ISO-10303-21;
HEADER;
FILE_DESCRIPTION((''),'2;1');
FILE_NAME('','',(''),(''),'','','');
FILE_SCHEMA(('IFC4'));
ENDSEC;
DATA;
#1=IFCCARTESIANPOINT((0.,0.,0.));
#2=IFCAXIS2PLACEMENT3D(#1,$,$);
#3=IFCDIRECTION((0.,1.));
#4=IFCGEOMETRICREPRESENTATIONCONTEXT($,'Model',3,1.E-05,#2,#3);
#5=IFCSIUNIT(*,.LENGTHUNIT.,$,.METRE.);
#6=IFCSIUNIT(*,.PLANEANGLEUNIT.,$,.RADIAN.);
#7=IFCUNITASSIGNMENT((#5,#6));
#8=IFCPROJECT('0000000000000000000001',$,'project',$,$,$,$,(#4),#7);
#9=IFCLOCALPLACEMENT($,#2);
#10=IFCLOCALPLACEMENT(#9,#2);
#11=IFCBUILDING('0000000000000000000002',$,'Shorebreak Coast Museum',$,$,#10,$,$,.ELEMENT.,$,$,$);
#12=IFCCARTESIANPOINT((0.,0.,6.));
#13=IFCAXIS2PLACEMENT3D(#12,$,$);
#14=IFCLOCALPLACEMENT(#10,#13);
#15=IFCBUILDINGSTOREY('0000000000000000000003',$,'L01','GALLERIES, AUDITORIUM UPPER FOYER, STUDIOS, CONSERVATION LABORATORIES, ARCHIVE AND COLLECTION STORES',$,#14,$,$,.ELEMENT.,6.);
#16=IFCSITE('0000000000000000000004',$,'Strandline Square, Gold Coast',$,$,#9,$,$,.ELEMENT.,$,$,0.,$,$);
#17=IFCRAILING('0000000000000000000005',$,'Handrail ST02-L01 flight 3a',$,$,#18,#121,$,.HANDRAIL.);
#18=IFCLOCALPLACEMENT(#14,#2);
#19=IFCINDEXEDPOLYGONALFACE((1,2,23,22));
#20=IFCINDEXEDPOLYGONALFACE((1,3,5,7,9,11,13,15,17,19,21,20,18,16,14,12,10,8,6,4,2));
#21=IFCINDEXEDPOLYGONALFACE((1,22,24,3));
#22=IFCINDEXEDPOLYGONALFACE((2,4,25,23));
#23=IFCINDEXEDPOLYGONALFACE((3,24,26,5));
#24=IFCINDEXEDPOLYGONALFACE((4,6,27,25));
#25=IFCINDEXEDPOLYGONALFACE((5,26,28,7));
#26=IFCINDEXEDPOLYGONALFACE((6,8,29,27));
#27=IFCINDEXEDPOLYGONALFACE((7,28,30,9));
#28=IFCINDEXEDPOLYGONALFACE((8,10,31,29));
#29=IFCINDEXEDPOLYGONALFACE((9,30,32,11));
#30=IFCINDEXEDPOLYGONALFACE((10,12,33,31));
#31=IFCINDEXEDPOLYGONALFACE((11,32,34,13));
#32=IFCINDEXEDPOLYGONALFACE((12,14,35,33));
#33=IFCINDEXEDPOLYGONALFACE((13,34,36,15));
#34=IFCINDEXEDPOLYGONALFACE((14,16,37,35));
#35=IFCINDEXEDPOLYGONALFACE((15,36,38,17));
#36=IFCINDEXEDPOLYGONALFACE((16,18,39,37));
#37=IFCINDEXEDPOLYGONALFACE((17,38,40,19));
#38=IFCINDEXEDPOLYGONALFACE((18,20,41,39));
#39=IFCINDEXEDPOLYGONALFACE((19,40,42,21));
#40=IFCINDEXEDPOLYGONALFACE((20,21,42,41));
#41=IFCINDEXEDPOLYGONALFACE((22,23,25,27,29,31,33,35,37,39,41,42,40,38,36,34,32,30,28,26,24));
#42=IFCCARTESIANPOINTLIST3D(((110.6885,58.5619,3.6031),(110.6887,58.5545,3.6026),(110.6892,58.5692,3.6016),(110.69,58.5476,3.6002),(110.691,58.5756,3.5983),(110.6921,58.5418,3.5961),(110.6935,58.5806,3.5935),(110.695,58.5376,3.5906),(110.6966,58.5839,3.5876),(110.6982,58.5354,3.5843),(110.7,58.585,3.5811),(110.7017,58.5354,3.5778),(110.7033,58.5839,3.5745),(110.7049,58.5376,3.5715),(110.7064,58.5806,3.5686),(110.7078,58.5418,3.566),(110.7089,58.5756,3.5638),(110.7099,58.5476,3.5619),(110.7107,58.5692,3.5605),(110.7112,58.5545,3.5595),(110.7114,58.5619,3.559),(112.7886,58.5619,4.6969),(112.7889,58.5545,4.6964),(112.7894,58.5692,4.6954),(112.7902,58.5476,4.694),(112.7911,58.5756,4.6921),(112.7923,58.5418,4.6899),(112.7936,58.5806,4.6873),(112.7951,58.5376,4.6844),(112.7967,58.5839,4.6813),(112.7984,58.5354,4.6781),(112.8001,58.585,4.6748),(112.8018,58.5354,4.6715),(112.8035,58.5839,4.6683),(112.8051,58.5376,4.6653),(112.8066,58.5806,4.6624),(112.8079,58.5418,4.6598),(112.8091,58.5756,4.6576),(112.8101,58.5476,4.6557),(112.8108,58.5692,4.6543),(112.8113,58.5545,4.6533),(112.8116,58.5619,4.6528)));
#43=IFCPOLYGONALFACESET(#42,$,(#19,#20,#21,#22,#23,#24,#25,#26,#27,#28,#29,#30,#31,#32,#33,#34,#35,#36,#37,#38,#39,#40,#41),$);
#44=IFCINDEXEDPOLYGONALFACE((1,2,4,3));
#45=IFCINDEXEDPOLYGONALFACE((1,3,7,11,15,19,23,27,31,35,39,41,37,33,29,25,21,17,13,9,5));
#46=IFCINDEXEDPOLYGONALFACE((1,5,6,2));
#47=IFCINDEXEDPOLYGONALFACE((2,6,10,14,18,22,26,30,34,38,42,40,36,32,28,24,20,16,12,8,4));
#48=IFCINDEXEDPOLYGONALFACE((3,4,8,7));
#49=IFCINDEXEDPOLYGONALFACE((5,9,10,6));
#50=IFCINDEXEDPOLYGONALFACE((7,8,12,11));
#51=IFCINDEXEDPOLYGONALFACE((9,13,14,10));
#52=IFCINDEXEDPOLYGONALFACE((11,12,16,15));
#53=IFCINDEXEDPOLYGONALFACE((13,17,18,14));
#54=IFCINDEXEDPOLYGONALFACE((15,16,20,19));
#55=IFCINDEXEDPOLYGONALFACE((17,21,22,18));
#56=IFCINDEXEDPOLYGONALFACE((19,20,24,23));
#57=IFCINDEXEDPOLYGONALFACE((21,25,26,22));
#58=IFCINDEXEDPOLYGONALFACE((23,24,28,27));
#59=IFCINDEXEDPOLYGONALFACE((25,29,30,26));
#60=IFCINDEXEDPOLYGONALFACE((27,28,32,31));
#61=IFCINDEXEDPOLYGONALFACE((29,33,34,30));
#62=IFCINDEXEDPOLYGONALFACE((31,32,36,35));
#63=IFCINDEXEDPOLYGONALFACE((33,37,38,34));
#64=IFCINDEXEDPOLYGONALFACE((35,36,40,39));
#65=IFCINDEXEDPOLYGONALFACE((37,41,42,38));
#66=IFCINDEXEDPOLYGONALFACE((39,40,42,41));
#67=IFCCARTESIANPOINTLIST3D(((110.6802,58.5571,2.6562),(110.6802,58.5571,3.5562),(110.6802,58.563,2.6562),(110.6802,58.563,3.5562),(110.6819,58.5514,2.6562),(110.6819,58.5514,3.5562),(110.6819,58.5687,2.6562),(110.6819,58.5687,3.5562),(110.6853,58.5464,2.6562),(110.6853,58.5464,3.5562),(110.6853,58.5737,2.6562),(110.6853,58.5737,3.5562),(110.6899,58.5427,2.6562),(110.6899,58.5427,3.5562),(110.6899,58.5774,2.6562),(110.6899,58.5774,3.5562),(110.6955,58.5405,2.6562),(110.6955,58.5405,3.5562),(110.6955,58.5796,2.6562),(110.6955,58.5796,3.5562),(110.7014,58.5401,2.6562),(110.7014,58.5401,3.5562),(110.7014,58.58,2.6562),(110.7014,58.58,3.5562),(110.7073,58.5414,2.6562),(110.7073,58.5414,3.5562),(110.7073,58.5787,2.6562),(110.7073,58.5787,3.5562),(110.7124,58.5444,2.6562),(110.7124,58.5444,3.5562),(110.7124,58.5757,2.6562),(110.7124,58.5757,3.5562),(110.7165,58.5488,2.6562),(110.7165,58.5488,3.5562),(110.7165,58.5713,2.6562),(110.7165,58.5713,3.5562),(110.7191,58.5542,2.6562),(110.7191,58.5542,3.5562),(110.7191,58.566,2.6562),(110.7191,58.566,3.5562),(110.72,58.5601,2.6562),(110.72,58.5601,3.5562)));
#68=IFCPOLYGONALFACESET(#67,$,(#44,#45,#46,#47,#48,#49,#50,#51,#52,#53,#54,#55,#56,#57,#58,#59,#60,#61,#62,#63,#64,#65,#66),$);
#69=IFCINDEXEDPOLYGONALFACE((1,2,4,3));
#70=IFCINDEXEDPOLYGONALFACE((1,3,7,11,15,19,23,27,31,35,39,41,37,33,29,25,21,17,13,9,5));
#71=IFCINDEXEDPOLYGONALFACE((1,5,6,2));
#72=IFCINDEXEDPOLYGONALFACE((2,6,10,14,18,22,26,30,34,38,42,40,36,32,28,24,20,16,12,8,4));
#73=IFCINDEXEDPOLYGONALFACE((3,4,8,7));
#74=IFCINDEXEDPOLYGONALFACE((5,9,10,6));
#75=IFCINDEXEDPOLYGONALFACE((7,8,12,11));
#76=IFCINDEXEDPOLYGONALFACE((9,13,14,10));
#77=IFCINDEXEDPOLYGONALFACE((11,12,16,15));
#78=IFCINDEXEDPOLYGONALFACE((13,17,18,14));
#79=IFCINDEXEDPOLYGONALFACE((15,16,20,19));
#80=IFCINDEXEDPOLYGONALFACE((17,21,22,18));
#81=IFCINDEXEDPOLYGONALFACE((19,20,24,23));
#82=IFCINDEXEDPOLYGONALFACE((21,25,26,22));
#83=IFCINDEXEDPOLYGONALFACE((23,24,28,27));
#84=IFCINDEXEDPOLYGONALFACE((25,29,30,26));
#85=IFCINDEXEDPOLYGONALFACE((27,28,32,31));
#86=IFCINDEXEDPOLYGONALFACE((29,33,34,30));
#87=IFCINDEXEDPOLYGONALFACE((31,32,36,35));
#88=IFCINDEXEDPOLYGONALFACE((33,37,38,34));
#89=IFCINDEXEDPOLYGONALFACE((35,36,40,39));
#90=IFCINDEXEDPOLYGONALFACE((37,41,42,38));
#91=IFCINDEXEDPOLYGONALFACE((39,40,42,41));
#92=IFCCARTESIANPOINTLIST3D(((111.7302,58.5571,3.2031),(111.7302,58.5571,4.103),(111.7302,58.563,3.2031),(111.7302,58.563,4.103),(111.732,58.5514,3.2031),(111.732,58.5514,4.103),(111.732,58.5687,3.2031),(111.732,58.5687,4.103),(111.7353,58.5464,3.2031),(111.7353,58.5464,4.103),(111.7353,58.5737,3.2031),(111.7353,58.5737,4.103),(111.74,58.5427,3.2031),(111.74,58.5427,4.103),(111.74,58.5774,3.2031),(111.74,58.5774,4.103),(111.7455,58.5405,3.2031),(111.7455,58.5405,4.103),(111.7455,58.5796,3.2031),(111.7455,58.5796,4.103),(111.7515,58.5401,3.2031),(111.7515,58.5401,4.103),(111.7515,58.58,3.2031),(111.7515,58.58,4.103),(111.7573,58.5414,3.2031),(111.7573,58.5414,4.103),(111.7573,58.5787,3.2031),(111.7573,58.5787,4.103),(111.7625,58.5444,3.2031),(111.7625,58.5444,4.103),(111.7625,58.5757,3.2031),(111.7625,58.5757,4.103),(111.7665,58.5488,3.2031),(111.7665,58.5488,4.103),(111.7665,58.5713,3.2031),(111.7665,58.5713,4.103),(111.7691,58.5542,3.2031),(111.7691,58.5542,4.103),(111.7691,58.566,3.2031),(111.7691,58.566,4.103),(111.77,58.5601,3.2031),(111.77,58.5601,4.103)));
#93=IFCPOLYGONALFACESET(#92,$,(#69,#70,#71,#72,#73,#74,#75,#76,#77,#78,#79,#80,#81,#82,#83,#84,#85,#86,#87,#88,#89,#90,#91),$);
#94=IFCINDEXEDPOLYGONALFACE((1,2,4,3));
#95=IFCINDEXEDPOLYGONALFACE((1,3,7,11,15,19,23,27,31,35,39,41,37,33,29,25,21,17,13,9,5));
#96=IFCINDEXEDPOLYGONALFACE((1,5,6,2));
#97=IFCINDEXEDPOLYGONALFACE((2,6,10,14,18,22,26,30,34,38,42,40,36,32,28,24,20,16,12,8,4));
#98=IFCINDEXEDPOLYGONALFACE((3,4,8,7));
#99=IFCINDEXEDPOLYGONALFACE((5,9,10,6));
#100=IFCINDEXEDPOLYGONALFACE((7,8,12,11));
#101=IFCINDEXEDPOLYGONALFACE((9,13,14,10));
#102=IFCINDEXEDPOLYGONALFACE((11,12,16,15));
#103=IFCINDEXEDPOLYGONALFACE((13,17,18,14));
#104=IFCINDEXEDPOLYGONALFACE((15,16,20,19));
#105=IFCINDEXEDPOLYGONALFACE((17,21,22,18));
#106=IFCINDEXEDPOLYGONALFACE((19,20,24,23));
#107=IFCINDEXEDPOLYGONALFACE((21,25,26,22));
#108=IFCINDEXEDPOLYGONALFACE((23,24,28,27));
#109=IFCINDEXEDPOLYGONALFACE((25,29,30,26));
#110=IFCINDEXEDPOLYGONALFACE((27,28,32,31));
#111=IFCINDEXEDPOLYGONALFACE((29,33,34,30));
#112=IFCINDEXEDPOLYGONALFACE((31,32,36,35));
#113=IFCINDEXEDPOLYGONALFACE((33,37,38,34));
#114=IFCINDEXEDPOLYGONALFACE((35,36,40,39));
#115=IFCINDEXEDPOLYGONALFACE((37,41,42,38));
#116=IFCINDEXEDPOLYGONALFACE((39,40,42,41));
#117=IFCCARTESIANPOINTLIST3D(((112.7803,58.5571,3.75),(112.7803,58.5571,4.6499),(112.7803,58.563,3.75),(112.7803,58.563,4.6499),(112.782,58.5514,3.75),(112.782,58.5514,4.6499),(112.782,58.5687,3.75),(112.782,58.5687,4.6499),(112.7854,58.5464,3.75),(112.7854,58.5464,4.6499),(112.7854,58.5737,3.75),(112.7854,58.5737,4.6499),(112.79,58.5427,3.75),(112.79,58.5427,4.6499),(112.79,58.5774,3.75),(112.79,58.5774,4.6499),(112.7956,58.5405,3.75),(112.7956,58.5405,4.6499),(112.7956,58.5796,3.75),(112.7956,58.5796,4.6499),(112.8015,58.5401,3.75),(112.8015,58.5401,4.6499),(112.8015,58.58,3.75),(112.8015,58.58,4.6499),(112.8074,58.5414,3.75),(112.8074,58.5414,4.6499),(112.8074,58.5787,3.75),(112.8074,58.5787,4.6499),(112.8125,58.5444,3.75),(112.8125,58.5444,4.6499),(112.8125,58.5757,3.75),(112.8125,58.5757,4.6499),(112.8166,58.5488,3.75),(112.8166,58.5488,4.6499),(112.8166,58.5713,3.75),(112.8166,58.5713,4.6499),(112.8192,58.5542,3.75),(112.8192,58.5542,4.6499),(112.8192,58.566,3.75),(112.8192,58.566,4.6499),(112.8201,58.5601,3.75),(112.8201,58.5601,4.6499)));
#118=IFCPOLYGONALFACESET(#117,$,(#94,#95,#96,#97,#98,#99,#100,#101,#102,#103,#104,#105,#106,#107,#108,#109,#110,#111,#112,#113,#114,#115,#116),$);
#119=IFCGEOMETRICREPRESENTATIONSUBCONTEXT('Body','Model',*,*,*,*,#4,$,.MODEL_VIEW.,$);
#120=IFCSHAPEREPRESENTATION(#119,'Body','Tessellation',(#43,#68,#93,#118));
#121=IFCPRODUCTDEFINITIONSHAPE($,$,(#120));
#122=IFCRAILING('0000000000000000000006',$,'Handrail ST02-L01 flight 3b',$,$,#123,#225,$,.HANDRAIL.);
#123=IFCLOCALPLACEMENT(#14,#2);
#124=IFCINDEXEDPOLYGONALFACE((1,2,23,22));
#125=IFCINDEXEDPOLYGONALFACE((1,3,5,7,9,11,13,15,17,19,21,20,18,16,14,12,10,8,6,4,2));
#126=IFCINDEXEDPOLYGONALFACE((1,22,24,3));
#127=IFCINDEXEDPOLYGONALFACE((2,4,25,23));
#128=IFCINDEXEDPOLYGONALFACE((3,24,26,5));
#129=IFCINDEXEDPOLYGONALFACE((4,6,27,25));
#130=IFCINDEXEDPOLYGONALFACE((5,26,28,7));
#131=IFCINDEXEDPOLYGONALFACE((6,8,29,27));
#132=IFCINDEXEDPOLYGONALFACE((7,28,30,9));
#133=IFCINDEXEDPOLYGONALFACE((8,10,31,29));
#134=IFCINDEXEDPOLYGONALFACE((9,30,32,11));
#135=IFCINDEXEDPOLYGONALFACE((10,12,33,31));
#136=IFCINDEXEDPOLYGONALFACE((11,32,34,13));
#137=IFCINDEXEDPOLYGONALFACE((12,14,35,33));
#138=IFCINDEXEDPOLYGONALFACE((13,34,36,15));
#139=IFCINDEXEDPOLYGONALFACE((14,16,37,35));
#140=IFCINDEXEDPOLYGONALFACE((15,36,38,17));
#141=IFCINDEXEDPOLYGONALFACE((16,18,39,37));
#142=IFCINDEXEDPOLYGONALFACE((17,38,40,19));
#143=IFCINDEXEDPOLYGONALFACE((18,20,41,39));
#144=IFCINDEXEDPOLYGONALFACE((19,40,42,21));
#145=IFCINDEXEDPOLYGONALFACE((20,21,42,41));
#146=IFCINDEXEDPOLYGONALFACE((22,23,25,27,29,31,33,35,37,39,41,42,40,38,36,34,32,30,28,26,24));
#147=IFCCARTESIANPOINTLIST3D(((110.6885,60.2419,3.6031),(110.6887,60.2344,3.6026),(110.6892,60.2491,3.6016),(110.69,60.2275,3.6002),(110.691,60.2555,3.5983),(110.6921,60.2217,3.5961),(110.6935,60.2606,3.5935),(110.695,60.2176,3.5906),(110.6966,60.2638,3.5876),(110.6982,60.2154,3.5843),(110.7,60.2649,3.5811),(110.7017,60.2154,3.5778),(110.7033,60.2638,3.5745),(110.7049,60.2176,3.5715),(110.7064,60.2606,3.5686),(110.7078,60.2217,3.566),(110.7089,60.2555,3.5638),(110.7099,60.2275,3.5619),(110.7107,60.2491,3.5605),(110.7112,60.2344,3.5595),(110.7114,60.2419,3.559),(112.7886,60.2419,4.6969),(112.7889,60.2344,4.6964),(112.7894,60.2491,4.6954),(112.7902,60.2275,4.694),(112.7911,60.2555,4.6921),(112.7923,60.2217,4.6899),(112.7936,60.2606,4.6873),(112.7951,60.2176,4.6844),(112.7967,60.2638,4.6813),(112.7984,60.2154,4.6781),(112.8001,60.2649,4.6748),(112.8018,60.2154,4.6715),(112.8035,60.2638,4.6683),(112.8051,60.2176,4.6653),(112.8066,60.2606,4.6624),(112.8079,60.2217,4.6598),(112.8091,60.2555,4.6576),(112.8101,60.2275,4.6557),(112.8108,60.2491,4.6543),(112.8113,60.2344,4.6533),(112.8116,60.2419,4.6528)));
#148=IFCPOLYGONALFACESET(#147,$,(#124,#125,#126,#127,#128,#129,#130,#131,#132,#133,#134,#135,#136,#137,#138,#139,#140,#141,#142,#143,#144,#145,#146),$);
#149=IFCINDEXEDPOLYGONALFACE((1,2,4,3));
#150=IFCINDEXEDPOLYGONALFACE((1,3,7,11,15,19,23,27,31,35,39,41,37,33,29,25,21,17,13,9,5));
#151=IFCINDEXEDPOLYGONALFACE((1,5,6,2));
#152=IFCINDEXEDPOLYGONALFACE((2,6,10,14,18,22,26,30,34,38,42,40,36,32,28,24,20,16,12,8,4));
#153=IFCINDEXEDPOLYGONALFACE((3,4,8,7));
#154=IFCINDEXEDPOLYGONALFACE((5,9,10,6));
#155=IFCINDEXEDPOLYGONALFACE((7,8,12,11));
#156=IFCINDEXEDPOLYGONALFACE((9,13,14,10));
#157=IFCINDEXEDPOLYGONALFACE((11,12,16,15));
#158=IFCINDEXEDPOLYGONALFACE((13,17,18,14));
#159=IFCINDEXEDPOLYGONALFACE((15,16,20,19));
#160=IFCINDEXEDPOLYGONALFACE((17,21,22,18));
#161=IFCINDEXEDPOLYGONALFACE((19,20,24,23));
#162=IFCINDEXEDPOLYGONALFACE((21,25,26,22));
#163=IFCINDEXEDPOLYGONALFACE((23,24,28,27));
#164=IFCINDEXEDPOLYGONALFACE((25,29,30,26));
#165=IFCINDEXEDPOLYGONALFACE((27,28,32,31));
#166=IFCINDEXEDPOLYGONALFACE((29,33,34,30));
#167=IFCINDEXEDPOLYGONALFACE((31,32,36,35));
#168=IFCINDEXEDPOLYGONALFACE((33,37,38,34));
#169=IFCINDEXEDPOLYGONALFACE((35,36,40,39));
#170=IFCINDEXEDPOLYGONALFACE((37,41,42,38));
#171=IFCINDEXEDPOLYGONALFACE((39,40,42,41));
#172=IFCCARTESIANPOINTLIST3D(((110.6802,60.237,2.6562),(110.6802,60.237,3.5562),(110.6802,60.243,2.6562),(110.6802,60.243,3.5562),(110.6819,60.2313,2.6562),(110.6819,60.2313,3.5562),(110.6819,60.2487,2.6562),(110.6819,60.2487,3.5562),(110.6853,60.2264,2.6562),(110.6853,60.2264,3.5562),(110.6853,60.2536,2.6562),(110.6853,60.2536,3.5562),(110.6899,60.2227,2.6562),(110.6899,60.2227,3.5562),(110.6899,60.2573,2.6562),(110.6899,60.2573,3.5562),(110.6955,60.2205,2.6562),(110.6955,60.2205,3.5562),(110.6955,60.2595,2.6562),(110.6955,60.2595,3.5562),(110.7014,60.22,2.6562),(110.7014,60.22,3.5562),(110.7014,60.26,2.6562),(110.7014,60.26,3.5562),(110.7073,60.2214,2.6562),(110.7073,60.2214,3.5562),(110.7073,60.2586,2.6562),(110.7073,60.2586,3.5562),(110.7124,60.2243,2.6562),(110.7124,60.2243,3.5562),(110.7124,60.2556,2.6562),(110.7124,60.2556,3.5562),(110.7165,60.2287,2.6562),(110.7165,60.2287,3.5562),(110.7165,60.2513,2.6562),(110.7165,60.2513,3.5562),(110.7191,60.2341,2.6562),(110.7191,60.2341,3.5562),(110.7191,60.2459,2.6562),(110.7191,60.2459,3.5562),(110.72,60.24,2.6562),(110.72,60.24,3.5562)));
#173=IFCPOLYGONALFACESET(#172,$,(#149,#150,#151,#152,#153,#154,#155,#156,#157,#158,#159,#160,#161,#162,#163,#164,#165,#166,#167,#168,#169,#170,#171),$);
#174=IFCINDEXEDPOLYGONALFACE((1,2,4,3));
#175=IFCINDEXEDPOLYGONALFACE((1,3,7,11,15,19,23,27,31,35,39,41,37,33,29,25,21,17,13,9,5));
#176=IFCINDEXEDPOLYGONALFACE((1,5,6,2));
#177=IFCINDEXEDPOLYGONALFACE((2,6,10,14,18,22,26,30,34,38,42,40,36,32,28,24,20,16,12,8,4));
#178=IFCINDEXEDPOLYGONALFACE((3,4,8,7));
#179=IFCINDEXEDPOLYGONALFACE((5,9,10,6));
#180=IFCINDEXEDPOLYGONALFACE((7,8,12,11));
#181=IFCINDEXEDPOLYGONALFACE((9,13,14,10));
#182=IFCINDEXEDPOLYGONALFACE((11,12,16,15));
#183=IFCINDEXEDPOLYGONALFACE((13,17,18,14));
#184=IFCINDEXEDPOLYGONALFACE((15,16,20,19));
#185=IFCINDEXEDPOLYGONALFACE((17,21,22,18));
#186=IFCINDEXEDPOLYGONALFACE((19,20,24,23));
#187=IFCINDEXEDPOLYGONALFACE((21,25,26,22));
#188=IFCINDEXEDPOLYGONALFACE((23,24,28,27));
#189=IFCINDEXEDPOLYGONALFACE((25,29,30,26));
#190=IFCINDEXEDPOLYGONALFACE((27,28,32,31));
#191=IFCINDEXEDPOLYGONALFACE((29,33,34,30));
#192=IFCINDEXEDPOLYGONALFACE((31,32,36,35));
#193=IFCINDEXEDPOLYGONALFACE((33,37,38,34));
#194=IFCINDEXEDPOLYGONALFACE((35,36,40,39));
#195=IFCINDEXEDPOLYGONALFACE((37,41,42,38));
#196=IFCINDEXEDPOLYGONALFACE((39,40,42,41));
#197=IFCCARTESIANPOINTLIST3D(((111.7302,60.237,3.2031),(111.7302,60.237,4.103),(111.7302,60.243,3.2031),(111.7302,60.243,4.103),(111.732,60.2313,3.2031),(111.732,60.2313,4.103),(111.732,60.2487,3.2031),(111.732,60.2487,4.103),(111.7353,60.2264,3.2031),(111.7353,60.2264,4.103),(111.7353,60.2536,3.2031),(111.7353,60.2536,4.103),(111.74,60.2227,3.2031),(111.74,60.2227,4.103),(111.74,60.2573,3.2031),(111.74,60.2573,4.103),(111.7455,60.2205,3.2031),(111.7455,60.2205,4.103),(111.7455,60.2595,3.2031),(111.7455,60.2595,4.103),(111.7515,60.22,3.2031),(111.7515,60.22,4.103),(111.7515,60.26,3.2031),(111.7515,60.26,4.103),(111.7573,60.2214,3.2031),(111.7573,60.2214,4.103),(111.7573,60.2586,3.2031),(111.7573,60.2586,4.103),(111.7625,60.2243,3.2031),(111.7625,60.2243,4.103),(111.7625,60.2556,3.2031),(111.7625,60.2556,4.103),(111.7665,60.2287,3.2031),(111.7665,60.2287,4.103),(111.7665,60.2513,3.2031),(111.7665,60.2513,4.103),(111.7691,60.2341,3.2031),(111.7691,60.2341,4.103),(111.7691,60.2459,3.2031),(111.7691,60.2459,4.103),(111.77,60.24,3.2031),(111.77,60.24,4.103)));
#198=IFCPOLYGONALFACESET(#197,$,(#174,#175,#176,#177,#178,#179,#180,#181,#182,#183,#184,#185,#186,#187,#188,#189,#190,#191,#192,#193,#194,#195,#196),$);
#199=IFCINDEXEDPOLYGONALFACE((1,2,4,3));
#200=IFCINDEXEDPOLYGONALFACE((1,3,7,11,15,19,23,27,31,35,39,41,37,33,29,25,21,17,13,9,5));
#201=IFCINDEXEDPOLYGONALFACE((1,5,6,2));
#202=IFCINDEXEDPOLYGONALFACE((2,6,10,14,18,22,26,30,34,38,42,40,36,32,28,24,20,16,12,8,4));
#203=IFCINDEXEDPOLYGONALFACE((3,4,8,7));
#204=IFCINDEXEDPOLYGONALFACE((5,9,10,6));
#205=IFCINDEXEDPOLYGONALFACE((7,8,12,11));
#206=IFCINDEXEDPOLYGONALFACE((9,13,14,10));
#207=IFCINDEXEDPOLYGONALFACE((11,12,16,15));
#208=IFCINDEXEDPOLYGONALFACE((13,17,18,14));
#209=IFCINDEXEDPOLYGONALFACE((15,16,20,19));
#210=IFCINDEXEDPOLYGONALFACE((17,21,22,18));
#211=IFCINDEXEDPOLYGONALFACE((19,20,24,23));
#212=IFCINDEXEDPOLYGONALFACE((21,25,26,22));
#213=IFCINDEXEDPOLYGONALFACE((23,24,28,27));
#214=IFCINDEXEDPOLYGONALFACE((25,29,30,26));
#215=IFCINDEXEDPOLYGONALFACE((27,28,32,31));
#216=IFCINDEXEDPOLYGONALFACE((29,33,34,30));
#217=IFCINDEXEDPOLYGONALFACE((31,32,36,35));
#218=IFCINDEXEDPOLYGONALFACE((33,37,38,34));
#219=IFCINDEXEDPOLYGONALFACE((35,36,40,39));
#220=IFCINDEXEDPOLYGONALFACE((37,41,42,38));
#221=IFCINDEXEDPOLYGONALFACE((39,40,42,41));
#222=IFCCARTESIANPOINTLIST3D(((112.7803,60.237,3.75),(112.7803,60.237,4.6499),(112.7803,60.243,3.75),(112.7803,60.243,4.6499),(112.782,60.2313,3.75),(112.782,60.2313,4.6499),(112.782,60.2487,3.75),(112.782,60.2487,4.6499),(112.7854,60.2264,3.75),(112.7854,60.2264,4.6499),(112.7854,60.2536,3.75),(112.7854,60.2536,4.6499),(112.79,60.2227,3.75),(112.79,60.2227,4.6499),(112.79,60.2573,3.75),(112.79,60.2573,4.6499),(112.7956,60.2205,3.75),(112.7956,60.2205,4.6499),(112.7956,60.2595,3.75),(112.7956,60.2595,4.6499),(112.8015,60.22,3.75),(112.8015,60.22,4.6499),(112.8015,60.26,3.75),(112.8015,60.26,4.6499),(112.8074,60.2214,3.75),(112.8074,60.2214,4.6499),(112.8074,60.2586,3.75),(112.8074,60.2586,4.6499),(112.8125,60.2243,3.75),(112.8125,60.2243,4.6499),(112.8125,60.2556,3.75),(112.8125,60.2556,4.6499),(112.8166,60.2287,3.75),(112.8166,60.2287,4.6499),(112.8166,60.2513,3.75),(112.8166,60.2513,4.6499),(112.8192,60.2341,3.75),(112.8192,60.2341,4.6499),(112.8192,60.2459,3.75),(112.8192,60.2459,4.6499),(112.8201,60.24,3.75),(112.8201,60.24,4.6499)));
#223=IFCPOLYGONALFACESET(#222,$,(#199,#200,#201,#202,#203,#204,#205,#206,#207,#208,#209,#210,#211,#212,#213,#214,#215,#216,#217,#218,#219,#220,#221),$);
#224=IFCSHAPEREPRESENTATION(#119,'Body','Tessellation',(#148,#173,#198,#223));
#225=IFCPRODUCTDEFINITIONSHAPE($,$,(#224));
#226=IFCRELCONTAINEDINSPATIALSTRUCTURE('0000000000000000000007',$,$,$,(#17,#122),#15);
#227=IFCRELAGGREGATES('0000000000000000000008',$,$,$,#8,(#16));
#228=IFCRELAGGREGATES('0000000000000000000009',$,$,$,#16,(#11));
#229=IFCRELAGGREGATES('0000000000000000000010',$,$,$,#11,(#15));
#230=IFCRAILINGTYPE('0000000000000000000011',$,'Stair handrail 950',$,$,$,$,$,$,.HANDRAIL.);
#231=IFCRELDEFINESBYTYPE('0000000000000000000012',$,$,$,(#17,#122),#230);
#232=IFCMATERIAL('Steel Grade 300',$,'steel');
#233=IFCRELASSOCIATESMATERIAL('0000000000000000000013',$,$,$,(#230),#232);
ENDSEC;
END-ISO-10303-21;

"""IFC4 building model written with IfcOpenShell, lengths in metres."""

from ifc_helpers import new_model, si_unit, direction, frame, origin, origin_2d, place, context, subcontext, project, spatial, circle, extrude, material, type_object, element, save


model = new_model("IFC4")

# Units and contexts
model_context = context("Model", 3, precision=1e-05, world=origin(), true_north=direction((0.0, 1.0)))
body_context = subcontext(model_context, "Body", "Model", "MODEL_VIEW")
ifc_project = project(units=[si_unit("LENGTHUNIT", "METRE"), si_unit("PLANEANGLEUNIT", "RADIAN")], contexts=[model_context])

# Site, building, storey
site_placement = place(None, origin())
site = spatial("IfcSite", under=ifc_project, at=site_placement, Name="Strandline Square, Gold Coast", CompositionType="ELEMENT", RefElevation=0.0)
building_placement = place(site_placement, origin())
building = spatial("IfcBuilding", under=site, at=building_placement, Name="Shorebreak Coast Museum", CompositionType="ELEMENT")
storey_placement = place(building_placement, frame((0.0, 0.0, 6.0)))
storey = spatial("IfcBuildingStorey", under=building, at=storey_placement, Name="L01", Description="GALLERIES, AUDITORIUM UPPER FOYER, STUDIOS, CONSERVATION LABORATORIES, ARCHIVE AND COLLECTION STORES", CompositionType="ELEMENT", Elevation=6.0)

# Railings
ifc_material_1 = material(Name="Steel Grade 300", Category="steel")
railing_type_1 = type_object("IfcRailingType", Name="Stair handrail 950", PredefinedType="HANDRAIL", material=ifc_material_1)
for number, where, name in (
    (1, (110.7, 58.5601, 2.6562), "Handrail ST02-L01 flight 3a"),
    (2, (110.7, 60.24, 2.6562), "Handrail ST02-L01 flight 3b"),
):
    element("IfcRailing", number, at=place(storey_placement, frame(where)), inside=storey, type_object=railing_type_1, Name=name, PredefinedType="HANDRAIL", context=body_context, shape_type="SweptSolid", body=[
        extrude(circle(Radius=0.0249, at=origin_2d()), frame((0.0, 0.0, 0.9248), z_axis=(0.886923, 0.0, 0.461918), x_axis=(0.0, 1.0, 0.0)), (0.0, 0.0, 1.0), 2.3679),
        extrude(circle(Radius=0.02, at=origin_2d()), origin(), (0.0, 0.0, 1.0), 0.8999),
        extrude(circle(Radius=0.02, at=origin_2d()), frame((1.05, 0.0, 0.5469)), (0.0, 0.0, 1.0), 0.8999),
        extrude(circle(Radius=0.02, at=origin_2d()), frame((2.1001, 0.0, 1.0938)), (0.0, 0.0, 1.0), 0.8999),
    ])

save(model, "model.ifc")
